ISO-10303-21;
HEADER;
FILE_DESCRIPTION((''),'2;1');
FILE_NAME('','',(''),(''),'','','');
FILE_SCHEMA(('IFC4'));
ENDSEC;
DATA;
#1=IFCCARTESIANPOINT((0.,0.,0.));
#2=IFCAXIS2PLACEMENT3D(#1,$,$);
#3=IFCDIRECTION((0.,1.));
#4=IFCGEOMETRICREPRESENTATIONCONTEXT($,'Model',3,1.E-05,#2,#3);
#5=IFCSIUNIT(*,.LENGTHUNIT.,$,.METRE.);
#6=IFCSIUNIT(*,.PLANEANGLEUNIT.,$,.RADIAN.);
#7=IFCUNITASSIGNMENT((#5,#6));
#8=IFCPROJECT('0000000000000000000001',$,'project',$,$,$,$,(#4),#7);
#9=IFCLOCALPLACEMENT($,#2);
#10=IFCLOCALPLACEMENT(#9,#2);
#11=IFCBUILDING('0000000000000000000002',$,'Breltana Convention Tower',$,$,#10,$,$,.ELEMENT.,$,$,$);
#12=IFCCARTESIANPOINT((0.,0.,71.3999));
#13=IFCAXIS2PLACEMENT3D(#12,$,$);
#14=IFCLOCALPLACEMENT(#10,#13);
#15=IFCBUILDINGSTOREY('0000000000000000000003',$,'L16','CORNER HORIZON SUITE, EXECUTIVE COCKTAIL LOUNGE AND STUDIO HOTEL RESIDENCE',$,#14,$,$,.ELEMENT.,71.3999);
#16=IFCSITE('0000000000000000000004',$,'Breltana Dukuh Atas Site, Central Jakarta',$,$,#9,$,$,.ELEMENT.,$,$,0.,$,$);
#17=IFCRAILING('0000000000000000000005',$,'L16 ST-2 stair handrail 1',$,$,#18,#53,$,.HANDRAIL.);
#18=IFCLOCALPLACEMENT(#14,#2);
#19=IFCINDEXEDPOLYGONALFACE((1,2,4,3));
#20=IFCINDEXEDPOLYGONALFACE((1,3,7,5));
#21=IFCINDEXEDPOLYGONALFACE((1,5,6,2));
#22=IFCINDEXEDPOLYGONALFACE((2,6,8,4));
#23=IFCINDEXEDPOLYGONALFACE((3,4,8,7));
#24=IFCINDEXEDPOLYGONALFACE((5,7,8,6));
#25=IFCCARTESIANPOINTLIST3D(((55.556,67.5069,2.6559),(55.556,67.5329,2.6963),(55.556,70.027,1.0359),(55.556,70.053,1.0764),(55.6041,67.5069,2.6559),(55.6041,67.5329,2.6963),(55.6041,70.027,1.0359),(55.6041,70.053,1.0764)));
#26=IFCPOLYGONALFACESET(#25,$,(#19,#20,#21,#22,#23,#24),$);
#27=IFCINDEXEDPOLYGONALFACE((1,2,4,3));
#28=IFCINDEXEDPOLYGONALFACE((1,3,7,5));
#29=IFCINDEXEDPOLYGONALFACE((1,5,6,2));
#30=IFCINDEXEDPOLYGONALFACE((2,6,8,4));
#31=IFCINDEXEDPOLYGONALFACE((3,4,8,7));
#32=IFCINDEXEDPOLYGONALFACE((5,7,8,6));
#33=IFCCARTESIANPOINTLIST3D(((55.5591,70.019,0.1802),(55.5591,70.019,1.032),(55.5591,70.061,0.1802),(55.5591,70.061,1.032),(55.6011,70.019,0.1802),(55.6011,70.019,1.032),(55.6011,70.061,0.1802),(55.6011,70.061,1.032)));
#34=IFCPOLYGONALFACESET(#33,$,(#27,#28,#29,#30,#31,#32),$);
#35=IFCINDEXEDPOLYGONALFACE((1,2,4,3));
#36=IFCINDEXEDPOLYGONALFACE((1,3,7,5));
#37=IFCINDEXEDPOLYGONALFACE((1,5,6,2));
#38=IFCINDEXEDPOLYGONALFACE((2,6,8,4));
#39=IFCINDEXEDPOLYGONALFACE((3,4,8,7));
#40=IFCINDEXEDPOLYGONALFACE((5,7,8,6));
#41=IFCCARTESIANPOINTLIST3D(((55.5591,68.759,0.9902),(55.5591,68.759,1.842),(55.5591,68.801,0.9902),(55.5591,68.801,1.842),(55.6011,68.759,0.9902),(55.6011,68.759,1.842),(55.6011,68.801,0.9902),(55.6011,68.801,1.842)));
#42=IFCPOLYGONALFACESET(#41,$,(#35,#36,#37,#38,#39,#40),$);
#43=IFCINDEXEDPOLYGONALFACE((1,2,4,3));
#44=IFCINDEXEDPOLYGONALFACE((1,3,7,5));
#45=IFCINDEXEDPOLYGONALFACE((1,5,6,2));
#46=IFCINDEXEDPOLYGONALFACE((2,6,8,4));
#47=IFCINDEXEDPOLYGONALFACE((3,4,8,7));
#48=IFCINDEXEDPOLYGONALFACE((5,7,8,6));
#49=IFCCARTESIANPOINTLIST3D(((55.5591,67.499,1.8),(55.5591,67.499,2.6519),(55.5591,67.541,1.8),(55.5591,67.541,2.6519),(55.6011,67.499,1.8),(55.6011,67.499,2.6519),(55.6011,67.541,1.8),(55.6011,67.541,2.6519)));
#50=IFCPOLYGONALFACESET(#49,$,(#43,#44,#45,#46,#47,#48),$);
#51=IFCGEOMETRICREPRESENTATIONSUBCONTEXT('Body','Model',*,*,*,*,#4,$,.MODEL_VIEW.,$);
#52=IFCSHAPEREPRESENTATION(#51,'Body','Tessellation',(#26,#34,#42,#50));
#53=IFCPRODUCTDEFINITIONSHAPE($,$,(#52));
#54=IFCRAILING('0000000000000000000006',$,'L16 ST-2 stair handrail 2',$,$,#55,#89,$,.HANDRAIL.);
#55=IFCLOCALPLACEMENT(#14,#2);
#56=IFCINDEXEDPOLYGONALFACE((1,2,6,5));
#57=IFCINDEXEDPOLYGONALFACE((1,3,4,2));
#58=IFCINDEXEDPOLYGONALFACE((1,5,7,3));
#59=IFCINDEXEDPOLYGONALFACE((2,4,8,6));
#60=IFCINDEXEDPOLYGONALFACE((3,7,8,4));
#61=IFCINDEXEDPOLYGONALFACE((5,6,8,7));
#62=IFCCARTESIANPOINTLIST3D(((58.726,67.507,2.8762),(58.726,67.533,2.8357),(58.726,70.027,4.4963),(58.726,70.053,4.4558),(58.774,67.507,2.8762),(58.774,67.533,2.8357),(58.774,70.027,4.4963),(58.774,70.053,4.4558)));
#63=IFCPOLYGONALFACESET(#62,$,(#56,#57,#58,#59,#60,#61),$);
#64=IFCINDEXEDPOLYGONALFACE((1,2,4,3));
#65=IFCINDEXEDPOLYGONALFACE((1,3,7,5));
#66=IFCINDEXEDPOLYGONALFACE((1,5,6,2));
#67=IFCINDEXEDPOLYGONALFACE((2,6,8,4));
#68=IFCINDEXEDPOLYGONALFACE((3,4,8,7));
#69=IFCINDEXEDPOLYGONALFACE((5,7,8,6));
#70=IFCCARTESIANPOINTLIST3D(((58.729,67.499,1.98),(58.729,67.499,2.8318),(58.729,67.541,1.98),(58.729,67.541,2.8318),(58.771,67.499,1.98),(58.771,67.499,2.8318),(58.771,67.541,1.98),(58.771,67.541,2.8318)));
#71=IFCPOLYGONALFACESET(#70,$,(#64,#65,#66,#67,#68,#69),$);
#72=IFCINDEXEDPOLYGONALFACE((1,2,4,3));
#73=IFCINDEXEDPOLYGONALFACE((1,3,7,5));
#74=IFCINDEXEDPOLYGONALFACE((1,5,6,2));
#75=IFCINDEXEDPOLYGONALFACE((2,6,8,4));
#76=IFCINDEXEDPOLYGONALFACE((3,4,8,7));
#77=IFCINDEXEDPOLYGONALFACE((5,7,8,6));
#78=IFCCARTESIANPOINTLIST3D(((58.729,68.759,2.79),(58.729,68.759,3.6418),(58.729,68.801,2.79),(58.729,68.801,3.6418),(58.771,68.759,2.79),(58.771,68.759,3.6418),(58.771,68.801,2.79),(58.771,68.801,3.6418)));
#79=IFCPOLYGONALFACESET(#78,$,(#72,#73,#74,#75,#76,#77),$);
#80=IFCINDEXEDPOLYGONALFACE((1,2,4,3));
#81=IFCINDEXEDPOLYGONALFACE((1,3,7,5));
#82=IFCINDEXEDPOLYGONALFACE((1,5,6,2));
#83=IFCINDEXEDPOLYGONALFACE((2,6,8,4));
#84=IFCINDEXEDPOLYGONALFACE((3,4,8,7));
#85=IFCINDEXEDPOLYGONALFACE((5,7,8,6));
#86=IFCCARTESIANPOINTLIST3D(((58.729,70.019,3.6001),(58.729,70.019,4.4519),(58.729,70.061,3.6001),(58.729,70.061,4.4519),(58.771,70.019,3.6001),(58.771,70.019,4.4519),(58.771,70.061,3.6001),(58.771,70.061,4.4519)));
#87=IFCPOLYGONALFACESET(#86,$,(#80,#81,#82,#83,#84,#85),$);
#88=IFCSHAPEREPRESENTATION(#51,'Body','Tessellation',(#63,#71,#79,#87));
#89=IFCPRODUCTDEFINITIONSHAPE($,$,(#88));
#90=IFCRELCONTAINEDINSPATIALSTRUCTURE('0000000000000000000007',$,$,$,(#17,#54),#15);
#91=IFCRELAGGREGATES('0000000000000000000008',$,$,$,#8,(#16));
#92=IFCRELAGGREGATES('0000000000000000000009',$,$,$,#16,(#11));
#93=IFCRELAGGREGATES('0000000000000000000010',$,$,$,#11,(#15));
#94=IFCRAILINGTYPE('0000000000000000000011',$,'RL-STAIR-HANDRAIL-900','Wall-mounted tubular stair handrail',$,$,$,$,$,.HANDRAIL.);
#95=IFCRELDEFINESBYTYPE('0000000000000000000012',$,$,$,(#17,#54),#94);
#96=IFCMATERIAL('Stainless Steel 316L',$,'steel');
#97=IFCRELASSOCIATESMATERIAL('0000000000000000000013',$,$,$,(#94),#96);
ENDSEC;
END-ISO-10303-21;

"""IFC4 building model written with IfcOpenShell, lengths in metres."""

from ifc_helpers import new_model, si_unit, direction, frame, origin, origin_2d, place, context, subcontext, project, spatial, rectangle, extrude, material, type_object, element, save


model = new_model("IFC4")

# Units and contexts
model_context = context("Model", 3, precision=1e-05, world=origin(), true_north=direction((0.0, 1.0)))
body_context = subcontext(model_context, "Body", "Model", "MODEL_VIEW")
ifc_project = project(units=[si_unit("LENGTHUNIT", "METRE"), si_unit("PLANEANGLEUNIT", "RADIAN")], contexts=[model_context])

# Site, building, storey
site_placement = place(None, origin())
site = spatial("IfcSite", under=ifc_project, at=site_placement, Name="Breltana Dukuh Atas Site, Central Jakarta", CompositionType="ELEMENT", RefElevation=0.0)
building_placement = place(site_placement, origin())
building = spatial("IfcBuilding", under=site, at=building_placement, Name="Breltana Convention Tower", CompositionType="ELEMENT")
storey_placement = place(building_placement, frame((0.0, 0.0, 71.3999)))
storey = spatial("IfcBuildingStorey", under=building, at=storey_placement, Name="L16", Description="CORNER HORIZON SUITE, EXECUTIVE COCKTAIL LOUNGE AND STUDIO HOTEL RESIDENCE", CompositionType="ELEMENT", Elevation=71.3999)

# Railings
ifc_material_1 = material(Name="Stainless Steel 316L", Category="steel")
railing_type_1 = type_object("IfcRailingType", Name="RL-STAIR-HANDRAIL-900", Description="Wall-mounted tubular stair handrail", PredefinedType="HANDRAIL", material=ifc_material_1)
railing_1_placement = place(storey_placement, frame((55.5801, 70.04, 0.1802)))
element("IfcRailing", 1, at=railing_1_placement, inside=storey, type_object=railing_type_1, Name="L16 ST-2 stair handrail 1", PredefinedType="HANDRAIL", context=body_context, shape_type="SweptSolid", body=[
    extrude(rectangle(XDim=0.0481, YDim=0.0481, at=origin_2d()), frame((0.0, 0.0, 0.876), z_axis=(0.0, -0.8412, 0.540725), x_axis=(1.0, 0.0, 0.0)), (0.0, 0.0, 1.0), 2.9958),
    extrude(rectangle(XDim=0.042, YDim=0.042, at=origin_2d()), origin(), (0.0, 0.0, 1.0), 0.8518),
    extrude(rectangle(XDim=0.042, YDim=0.042, at=origin_2d()), frame((0.0, -1.26, 0.8101)), (0.0, 0.0, 1.0), 0.8518),
    extrude(rectangle(XDim=0.042, YDim=0.042, at=origin_2d()), frame((0.0, -2.52, 1.6199)), (0.0, 0.0, 1.0), 0.8518),
])
railing_2_placement = place(storey_placement, frame((58.75, 67.52, 1.98)))
element("IfcRailing", 2, at=railing_2_placement, inside=storey, type_object=railing_type_1, Name="L16 ST-2 stair handrail 2", PredefinedType="HANDRAIL", context=body_context, shape_type="SweptSolid", body=[
    extrude(rectangle(XDim=0.0481, YDim=0.0481, at=origin_2d()), frame((0.0, 0.0, 0.876), z_axis=(0.0, 0.841163, 0.540782), x_axis=(-1.0, 0.0, 0.0)), (0.0, 0.0, 1.0), 2.9958),
    extrude(rectangle(XDim=0.042, YDim=0.042, at=origin_2d()), origin(), (0.0, 0.0, 1.0), 0.8518),
    extrude(rectangle(XDim=0.042, YDim=0.042, at=origin_2d()), frame((0.0, 1.26, 0.8101)), (0.0, 0.0, 1.0), 0.8518),
    extrude(rectangle(XDim=0.042, YDim=0.042, at=origin_2d()), frame((0.0, 2.52, 1.6201)), (0.0, 0.0, 1.0), 0.8518),
])

save(model, "model.ifc")
